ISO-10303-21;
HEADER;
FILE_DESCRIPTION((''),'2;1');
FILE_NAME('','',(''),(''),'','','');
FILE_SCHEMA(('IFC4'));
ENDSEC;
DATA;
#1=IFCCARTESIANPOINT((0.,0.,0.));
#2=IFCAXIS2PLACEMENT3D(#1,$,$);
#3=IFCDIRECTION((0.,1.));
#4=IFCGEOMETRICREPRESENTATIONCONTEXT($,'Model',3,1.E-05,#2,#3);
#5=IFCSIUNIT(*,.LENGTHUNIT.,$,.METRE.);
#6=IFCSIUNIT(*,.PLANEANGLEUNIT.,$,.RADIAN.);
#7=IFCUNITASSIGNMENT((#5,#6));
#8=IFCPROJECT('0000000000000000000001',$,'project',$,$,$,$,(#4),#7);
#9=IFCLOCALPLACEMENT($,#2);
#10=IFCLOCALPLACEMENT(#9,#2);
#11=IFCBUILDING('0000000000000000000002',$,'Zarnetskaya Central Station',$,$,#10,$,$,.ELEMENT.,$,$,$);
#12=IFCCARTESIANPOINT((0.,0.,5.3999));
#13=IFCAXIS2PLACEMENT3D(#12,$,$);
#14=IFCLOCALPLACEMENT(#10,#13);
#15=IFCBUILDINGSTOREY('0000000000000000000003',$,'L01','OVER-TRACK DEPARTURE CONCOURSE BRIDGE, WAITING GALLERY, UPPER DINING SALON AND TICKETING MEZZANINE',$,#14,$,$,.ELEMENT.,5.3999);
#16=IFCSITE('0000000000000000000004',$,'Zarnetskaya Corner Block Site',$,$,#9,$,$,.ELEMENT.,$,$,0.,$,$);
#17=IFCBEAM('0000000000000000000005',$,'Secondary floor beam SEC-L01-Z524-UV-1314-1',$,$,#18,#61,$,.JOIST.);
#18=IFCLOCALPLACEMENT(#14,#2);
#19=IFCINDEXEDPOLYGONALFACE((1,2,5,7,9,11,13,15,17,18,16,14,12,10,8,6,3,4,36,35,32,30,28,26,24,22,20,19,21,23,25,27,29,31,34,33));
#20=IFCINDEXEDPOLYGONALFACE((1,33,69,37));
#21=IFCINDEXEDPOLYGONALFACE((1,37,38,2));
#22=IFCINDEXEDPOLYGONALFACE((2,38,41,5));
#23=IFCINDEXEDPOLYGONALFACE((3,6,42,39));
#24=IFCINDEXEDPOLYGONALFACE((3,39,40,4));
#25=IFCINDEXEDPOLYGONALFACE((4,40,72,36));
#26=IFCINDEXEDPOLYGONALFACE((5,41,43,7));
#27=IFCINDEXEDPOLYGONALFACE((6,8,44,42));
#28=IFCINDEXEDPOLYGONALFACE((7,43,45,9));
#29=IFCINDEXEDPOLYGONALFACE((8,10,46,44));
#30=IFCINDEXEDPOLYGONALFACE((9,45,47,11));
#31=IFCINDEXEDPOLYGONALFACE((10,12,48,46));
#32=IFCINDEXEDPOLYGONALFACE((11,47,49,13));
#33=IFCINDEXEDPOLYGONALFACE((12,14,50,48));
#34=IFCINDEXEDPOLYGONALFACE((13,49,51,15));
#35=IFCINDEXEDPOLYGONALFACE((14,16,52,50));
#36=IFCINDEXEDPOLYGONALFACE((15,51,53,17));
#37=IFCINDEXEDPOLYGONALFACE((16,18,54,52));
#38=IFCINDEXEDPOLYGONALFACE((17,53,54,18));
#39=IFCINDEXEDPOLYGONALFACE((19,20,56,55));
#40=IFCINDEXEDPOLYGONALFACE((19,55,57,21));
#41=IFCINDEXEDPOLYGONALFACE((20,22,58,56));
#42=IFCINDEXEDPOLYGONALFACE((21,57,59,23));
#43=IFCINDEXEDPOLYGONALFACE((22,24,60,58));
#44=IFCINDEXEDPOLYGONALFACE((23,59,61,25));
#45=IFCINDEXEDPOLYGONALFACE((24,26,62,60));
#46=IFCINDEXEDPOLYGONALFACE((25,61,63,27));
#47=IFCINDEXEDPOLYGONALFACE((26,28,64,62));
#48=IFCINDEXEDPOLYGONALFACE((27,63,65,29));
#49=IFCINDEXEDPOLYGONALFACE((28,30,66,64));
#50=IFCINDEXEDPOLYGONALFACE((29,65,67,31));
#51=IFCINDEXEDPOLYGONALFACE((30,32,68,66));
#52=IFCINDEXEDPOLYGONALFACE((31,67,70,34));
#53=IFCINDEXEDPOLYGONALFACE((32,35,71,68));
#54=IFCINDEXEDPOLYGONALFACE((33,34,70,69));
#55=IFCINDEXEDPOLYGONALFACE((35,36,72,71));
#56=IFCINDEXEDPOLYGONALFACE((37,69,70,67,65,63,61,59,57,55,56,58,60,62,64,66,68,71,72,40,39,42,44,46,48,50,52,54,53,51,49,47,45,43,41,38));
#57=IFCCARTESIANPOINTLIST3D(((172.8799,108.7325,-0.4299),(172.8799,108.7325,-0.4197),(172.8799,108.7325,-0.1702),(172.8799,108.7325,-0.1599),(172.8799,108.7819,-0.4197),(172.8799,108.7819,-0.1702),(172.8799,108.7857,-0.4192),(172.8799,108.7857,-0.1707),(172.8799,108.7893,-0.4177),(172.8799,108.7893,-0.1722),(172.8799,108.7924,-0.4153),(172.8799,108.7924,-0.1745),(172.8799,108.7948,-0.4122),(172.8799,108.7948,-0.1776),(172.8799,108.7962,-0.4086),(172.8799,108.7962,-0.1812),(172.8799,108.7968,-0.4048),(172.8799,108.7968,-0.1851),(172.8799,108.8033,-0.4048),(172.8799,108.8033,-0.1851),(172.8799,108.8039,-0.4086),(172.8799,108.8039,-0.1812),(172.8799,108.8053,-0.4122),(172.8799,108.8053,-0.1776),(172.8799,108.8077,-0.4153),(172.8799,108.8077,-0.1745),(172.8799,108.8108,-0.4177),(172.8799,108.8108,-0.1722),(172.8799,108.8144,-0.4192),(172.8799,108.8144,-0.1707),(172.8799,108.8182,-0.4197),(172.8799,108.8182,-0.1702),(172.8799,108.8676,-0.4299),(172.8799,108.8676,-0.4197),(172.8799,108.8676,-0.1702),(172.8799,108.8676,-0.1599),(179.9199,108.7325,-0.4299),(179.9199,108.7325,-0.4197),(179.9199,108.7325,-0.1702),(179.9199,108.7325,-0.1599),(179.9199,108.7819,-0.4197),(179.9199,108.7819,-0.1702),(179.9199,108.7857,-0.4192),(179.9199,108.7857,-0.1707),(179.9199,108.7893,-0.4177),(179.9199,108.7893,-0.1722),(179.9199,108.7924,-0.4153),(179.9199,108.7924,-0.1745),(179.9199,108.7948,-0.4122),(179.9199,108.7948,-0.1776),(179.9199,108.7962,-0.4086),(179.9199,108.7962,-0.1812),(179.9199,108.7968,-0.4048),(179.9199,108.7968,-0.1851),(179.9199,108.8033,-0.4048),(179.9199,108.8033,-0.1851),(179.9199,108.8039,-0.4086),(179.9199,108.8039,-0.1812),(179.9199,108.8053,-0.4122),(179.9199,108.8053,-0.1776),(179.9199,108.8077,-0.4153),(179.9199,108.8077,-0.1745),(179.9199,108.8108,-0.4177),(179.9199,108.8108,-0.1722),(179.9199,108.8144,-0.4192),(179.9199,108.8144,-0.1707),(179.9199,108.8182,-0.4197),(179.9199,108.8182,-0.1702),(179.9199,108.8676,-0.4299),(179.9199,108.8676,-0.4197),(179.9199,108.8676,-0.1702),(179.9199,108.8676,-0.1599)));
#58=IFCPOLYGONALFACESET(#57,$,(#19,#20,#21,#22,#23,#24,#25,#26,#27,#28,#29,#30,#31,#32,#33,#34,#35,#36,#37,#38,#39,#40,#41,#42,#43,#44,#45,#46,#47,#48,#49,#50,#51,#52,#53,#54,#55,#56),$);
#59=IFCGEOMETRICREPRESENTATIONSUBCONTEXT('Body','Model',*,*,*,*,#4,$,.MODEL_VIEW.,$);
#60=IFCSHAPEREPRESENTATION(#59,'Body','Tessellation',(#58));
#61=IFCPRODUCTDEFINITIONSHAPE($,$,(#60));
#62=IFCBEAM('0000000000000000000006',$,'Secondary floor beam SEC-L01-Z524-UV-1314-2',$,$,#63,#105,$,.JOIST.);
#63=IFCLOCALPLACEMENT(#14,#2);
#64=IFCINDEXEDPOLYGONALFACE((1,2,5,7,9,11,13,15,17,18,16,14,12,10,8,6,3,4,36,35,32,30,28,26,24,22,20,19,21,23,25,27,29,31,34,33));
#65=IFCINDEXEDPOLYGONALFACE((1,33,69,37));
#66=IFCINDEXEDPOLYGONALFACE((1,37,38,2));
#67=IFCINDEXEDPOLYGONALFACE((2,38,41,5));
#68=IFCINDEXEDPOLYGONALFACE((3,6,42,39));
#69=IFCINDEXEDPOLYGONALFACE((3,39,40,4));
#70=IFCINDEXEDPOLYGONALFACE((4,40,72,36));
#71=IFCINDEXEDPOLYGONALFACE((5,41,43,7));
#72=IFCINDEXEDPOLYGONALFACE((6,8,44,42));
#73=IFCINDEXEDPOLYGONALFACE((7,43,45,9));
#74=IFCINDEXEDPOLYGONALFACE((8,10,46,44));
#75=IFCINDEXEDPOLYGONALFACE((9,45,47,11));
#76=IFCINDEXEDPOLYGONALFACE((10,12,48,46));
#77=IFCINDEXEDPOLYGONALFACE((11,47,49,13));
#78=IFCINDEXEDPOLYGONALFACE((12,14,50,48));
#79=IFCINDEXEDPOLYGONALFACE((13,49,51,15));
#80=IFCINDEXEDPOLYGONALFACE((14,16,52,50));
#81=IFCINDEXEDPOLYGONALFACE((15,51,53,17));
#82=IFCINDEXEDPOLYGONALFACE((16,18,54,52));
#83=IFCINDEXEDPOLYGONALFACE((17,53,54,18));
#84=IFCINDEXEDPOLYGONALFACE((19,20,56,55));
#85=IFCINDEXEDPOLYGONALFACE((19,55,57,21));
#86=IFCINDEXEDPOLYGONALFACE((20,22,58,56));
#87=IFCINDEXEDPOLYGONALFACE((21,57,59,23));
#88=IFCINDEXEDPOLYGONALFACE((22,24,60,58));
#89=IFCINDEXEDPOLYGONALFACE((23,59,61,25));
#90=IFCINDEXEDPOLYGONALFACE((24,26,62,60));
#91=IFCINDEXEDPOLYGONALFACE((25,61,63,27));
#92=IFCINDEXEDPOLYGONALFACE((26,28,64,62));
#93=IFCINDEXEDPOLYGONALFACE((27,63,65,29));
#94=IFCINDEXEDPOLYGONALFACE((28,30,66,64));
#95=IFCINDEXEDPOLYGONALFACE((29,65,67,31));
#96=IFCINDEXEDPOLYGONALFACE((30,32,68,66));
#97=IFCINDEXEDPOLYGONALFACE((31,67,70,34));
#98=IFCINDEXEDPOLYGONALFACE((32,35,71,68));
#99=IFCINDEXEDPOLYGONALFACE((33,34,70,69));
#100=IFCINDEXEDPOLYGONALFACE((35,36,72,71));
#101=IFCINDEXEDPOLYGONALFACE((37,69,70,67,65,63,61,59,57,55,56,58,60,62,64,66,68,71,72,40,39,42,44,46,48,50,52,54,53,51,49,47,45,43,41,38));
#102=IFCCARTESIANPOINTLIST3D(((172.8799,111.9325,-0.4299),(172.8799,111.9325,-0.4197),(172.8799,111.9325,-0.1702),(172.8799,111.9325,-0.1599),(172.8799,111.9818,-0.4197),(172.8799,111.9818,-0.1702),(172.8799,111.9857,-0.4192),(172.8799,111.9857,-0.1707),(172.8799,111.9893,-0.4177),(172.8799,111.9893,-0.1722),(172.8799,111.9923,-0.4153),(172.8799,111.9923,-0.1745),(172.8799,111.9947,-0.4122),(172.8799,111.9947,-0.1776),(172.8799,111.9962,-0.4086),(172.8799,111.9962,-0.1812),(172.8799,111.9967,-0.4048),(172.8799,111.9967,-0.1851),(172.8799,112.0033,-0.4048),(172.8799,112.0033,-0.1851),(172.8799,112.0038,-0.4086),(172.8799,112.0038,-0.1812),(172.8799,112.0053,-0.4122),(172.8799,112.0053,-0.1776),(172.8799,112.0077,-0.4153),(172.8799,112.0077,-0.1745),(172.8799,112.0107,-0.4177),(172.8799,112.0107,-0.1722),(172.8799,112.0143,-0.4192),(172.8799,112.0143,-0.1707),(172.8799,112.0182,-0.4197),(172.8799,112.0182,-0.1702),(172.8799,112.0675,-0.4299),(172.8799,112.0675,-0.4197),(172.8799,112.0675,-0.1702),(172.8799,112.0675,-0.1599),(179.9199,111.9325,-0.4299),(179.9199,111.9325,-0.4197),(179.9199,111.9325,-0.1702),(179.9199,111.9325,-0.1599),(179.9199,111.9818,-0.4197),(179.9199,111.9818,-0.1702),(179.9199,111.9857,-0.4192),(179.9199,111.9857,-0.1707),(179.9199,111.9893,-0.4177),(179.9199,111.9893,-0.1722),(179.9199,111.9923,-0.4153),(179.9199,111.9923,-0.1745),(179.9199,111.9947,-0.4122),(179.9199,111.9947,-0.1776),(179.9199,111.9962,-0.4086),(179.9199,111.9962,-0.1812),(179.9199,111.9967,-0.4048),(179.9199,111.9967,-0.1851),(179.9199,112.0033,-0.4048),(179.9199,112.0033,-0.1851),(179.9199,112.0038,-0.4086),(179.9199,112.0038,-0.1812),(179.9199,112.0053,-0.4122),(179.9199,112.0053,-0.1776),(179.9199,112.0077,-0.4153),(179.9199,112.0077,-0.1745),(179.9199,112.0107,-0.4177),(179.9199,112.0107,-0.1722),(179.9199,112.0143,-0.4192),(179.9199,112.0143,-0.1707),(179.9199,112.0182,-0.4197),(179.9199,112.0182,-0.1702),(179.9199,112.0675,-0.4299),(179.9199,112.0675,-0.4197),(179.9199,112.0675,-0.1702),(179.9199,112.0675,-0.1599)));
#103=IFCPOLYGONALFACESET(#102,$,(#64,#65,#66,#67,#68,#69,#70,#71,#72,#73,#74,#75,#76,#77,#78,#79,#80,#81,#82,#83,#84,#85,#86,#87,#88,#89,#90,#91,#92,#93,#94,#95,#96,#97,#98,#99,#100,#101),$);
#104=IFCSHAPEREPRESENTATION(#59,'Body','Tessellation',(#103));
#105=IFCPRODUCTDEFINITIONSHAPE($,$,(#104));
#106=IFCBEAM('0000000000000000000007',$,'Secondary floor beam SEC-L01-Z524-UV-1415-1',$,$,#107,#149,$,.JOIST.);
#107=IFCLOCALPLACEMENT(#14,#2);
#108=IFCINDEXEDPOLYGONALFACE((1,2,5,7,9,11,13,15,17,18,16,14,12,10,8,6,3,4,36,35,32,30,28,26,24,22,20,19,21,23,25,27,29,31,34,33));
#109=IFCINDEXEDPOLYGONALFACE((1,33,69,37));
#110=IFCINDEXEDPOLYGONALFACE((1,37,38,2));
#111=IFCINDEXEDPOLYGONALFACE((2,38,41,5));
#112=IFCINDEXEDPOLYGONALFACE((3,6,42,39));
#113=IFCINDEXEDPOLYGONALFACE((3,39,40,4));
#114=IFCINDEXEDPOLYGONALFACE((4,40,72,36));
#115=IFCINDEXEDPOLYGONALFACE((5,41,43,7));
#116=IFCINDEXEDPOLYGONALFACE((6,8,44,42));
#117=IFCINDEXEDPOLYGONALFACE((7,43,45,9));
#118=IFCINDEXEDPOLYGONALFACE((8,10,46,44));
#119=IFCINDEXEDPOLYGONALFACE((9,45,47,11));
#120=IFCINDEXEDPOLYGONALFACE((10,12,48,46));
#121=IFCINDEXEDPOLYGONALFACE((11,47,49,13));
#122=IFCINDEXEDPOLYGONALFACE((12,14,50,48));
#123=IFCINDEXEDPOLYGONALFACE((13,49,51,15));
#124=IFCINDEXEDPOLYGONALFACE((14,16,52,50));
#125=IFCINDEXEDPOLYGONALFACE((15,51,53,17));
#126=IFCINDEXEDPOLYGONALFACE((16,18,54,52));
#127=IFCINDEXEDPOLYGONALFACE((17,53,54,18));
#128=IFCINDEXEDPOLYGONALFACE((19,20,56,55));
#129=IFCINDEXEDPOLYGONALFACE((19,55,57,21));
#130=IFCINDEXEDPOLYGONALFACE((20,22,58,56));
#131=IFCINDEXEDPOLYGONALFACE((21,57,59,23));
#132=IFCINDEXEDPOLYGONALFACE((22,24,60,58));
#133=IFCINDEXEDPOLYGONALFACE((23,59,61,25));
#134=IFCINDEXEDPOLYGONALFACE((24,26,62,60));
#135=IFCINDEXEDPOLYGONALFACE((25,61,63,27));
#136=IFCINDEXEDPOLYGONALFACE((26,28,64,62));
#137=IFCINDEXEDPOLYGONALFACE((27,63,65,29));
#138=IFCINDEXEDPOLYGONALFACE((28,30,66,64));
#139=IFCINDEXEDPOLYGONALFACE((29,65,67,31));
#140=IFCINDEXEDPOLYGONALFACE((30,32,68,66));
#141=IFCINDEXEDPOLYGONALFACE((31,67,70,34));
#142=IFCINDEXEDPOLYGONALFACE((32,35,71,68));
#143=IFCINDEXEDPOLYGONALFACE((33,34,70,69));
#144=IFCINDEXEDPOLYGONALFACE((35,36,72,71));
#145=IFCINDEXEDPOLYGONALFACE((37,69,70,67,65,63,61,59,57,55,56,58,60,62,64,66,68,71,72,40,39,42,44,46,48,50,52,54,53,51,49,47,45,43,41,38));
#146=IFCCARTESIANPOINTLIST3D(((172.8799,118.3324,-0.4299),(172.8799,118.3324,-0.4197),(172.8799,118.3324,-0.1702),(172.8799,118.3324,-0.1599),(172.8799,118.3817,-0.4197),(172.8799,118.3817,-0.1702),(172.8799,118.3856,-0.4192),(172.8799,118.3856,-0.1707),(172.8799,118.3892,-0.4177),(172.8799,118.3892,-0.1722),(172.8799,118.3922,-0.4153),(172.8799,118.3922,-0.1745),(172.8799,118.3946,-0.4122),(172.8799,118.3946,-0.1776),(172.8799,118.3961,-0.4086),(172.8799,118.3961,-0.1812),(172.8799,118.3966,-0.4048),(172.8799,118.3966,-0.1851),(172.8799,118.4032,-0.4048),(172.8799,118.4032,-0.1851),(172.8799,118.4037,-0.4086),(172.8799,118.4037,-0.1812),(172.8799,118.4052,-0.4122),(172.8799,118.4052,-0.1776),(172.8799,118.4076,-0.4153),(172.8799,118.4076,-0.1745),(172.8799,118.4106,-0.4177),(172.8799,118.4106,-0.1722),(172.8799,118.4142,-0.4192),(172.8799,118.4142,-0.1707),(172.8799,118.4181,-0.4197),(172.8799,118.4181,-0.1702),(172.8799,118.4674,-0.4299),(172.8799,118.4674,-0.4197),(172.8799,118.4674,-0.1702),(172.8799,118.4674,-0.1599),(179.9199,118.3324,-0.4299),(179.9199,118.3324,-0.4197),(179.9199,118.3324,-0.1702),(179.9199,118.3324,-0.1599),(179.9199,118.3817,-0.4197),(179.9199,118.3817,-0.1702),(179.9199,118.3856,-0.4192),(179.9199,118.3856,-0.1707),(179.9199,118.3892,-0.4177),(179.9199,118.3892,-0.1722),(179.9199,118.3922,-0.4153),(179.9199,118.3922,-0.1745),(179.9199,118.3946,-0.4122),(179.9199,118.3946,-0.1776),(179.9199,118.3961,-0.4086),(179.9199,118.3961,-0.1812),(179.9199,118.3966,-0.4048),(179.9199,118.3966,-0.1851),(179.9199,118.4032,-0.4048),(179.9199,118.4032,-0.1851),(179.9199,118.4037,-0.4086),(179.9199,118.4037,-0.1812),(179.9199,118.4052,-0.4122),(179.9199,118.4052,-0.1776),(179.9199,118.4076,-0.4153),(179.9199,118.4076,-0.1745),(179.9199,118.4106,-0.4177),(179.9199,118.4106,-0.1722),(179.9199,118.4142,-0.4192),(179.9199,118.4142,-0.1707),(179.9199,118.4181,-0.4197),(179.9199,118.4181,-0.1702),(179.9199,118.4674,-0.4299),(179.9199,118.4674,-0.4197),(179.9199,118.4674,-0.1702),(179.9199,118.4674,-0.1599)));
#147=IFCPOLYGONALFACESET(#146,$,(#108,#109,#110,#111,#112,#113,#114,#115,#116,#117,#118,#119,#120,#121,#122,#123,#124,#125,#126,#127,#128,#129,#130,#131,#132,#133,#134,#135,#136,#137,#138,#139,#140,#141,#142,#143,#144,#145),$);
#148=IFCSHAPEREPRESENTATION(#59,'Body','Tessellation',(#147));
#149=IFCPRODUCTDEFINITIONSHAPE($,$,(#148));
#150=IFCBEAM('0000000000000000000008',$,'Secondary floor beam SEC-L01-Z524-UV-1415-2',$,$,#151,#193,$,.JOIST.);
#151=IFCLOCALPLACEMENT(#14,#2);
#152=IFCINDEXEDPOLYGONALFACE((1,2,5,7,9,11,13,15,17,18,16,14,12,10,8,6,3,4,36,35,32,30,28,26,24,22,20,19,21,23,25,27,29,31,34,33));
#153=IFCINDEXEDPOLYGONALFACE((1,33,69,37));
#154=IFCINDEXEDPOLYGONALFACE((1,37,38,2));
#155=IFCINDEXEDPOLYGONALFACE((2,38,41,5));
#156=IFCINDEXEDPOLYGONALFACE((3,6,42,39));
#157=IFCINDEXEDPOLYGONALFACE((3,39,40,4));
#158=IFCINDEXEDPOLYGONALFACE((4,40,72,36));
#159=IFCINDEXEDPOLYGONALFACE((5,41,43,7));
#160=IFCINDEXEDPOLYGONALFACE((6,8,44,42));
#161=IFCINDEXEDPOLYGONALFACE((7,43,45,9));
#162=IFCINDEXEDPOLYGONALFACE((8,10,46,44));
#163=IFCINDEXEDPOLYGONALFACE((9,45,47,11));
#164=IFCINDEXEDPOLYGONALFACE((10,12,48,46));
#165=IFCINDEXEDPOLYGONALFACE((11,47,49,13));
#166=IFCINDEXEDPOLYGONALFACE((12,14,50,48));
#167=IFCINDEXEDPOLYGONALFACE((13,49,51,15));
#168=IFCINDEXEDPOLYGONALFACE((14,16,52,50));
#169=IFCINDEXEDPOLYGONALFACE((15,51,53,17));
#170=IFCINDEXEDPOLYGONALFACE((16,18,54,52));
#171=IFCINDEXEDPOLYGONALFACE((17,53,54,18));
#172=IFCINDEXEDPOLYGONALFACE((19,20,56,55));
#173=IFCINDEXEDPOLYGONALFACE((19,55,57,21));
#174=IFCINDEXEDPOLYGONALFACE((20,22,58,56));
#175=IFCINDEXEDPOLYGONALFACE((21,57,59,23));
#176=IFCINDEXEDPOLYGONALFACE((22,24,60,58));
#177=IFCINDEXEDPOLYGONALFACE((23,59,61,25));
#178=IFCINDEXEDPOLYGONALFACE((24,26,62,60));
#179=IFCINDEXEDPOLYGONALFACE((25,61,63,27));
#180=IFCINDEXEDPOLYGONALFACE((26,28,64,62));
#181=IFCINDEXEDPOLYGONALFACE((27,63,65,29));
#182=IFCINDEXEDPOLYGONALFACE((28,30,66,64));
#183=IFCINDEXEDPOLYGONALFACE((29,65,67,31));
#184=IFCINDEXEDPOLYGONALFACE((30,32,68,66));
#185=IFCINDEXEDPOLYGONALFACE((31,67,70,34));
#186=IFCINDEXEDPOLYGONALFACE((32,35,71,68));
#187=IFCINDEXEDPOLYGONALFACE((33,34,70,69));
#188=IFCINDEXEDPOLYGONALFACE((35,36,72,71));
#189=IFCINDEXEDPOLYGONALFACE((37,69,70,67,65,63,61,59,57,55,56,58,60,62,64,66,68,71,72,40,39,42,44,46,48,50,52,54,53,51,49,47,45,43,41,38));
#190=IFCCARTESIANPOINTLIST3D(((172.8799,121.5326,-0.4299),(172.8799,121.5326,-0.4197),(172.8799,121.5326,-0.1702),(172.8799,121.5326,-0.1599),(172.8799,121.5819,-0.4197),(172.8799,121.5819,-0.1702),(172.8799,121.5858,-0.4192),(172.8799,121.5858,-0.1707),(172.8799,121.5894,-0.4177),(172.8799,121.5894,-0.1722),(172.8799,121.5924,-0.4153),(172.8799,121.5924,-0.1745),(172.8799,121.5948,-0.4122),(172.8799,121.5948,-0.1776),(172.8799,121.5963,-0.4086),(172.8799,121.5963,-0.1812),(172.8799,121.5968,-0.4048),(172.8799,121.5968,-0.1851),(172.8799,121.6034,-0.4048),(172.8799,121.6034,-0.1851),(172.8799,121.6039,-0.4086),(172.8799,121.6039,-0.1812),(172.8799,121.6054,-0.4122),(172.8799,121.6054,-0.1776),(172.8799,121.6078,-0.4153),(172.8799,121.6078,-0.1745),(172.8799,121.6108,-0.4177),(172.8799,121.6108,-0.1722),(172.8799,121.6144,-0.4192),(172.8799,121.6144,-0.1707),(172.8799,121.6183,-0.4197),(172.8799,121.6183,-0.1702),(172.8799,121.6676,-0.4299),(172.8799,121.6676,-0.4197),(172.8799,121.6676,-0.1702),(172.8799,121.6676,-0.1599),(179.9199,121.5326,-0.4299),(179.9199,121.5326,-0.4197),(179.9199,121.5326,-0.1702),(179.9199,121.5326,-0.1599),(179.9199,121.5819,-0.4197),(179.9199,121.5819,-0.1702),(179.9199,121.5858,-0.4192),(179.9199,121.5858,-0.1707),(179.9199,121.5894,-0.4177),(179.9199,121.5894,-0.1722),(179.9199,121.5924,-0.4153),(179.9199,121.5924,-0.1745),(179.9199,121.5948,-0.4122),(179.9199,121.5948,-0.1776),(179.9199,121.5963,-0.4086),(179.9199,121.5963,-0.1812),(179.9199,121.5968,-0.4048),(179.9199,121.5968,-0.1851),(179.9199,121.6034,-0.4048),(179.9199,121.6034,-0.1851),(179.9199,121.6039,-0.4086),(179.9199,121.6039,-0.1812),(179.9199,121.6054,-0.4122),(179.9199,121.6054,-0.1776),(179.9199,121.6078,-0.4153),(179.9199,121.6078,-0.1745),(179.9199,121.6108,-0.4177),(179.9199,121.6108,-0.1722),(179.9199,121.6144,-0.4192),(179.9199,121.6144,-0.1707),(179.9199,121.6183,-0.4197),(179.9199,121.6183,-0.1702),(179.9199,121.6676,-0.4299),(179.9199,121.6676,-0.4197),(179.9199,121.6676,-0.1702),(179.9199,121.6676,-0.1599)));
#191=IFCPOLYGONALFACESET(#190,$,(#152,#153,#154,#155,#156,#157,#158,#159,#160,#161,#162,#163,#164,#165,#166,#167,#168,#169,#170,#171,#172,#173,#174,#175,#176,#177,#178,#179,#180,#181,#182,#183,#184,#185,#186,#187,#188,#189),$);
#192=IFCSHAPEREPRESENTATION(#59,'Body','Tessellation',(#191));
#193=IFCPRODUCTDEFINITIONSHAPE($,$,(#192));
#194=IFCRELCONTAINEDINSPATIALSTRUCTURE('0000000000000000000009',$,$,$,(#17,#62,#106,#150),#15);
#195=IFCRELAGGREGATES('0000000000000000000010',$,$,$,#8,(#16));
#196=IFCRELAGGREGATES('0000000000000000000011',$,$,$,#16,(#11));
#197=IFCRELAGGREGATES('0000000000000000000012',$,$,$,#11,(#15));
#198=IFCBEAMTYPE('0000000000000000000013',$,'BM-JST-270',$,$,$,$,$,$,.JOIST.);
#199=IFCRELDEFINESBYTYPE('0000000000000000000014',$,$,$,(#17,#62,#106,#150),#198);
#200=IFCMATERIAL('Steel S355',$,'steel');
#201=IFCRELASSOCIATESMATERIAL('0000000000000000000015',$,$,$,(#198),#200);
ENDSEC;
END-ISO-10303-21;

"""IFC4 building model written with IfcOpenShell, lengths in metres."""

from ifc_helpers import new_model, si_unit, direction, frame, origin, origin_2d, place, context, subcontext, project, spatial, i_section, extrude, material, material_profile, profile_set, type_object, element, save


model = new_model("IFC4")

# Units and contexts
model_context = context("Model", 3, precision=1e-05, world=origin(), true_north=direction((0.0, 1.0)))
body_context = subcontext(model_context, "Body", "Model", "MODEL_VIEW")
ifc_project = project(units=[si_unit("LENGTHUNIT", "METRE"), si_unit("PLANEANGLEUNIT", "RADIAN")], contexts=[model_context])

# Site, building, storey
site_placement = place(None, origin())
site = spatial("IfcSite", under=ifc_project, at=site_placement, Name="Zarnetskaya Corner Block Site", CompositionType="ELEMENT", RefElevation=0.0)
building_placement = place(site_placement, origin())
building = spatial("IfcBuilding", under=site, at=building_placement, Name="Zarnetskaya Central Station", CompositionType="ELEMENT")
storey_placement = place(building_placement, frame((0.0, 0.0, 5.3999)))
storey = spatial("IfcBuildingStorey", under=building, at=storey_placement, Name="L01", Description="OVER-TRACK DEPARTURE CONCOURSE BRIDGE, WAITING GALLERY, UPPER DINING SALON AND TICKETING MEZZANINE", CompositionType="ELEMENT", Elevation=5.3999)

# Beams
ifc_material = material(Name="Steel S355", Category="steel")
ifc_material_profile_1 = material_profile(ifc_material, i_section(OverallWidth=0.135, OverallDepth=0.27, WebThickness=0.0066, FlangeThickness=0.0103, FilletRadius=0.0149, at=origin_2d()), Name="IPE 270")
ifc_profile_set_1 = profile_set([ifc_material_profile_1], Name="Steel S355")
beam_type_1 = type_object("IfcBeamType", Name="BM-JST-270", PredefinedType="JOIST", material=ifc_profile_set_1)
for number, where, z_axis, x_axis, name in (
    (1, (172.8799, 108.8, -0.2949), (1.0, 0.0, 0.0), (0.0, 1.0, 0.0), "Secondary floor beam SEC-L01-Z524-UV-1314-1"),
    (2, (172.8799, 112.0, -0.2949), (1.0, 0.0, 0.0), (0.0, 1.0, 0.0), "Secondary floor beam SEC-L01-Z524-UV-1314-2"),
    (3, (172.8799, 118.3999, -0.2949), (1.0, 0.0, 0.0), (0.0, 1.0, 0.0), "Secondary floor beam SEC-L01-Z524-UV-1415-1"),
    (4, (172.8799, 121.6001, -0.2949), (1.0, 0.0, 0.0), (0.0, 1.0, 0.0), "Secondary floor beam SEC-L01-Z524-UV-1415-2"),
):
    element("IfcBeam", number, at=place(storey_placement, frame(where, z_axis=z_axis, x_axis=x_axis)), inside=storey, type_object=beam_type_1, Name=name, PredefinedType="JOIST", context=body_context, shape_type="SweptSolid", body=[
        extrude(i_section(OverallWidth=0.135, OverallDepth=0.27, WebThickness=0.0066, FlangeThickness=0.0103, FilletRadius=0.0149, at=origin_2d()), origin(), (0.0, 0.0, 1.0), 7.04),
    ])

save(model, "model.ifc")
